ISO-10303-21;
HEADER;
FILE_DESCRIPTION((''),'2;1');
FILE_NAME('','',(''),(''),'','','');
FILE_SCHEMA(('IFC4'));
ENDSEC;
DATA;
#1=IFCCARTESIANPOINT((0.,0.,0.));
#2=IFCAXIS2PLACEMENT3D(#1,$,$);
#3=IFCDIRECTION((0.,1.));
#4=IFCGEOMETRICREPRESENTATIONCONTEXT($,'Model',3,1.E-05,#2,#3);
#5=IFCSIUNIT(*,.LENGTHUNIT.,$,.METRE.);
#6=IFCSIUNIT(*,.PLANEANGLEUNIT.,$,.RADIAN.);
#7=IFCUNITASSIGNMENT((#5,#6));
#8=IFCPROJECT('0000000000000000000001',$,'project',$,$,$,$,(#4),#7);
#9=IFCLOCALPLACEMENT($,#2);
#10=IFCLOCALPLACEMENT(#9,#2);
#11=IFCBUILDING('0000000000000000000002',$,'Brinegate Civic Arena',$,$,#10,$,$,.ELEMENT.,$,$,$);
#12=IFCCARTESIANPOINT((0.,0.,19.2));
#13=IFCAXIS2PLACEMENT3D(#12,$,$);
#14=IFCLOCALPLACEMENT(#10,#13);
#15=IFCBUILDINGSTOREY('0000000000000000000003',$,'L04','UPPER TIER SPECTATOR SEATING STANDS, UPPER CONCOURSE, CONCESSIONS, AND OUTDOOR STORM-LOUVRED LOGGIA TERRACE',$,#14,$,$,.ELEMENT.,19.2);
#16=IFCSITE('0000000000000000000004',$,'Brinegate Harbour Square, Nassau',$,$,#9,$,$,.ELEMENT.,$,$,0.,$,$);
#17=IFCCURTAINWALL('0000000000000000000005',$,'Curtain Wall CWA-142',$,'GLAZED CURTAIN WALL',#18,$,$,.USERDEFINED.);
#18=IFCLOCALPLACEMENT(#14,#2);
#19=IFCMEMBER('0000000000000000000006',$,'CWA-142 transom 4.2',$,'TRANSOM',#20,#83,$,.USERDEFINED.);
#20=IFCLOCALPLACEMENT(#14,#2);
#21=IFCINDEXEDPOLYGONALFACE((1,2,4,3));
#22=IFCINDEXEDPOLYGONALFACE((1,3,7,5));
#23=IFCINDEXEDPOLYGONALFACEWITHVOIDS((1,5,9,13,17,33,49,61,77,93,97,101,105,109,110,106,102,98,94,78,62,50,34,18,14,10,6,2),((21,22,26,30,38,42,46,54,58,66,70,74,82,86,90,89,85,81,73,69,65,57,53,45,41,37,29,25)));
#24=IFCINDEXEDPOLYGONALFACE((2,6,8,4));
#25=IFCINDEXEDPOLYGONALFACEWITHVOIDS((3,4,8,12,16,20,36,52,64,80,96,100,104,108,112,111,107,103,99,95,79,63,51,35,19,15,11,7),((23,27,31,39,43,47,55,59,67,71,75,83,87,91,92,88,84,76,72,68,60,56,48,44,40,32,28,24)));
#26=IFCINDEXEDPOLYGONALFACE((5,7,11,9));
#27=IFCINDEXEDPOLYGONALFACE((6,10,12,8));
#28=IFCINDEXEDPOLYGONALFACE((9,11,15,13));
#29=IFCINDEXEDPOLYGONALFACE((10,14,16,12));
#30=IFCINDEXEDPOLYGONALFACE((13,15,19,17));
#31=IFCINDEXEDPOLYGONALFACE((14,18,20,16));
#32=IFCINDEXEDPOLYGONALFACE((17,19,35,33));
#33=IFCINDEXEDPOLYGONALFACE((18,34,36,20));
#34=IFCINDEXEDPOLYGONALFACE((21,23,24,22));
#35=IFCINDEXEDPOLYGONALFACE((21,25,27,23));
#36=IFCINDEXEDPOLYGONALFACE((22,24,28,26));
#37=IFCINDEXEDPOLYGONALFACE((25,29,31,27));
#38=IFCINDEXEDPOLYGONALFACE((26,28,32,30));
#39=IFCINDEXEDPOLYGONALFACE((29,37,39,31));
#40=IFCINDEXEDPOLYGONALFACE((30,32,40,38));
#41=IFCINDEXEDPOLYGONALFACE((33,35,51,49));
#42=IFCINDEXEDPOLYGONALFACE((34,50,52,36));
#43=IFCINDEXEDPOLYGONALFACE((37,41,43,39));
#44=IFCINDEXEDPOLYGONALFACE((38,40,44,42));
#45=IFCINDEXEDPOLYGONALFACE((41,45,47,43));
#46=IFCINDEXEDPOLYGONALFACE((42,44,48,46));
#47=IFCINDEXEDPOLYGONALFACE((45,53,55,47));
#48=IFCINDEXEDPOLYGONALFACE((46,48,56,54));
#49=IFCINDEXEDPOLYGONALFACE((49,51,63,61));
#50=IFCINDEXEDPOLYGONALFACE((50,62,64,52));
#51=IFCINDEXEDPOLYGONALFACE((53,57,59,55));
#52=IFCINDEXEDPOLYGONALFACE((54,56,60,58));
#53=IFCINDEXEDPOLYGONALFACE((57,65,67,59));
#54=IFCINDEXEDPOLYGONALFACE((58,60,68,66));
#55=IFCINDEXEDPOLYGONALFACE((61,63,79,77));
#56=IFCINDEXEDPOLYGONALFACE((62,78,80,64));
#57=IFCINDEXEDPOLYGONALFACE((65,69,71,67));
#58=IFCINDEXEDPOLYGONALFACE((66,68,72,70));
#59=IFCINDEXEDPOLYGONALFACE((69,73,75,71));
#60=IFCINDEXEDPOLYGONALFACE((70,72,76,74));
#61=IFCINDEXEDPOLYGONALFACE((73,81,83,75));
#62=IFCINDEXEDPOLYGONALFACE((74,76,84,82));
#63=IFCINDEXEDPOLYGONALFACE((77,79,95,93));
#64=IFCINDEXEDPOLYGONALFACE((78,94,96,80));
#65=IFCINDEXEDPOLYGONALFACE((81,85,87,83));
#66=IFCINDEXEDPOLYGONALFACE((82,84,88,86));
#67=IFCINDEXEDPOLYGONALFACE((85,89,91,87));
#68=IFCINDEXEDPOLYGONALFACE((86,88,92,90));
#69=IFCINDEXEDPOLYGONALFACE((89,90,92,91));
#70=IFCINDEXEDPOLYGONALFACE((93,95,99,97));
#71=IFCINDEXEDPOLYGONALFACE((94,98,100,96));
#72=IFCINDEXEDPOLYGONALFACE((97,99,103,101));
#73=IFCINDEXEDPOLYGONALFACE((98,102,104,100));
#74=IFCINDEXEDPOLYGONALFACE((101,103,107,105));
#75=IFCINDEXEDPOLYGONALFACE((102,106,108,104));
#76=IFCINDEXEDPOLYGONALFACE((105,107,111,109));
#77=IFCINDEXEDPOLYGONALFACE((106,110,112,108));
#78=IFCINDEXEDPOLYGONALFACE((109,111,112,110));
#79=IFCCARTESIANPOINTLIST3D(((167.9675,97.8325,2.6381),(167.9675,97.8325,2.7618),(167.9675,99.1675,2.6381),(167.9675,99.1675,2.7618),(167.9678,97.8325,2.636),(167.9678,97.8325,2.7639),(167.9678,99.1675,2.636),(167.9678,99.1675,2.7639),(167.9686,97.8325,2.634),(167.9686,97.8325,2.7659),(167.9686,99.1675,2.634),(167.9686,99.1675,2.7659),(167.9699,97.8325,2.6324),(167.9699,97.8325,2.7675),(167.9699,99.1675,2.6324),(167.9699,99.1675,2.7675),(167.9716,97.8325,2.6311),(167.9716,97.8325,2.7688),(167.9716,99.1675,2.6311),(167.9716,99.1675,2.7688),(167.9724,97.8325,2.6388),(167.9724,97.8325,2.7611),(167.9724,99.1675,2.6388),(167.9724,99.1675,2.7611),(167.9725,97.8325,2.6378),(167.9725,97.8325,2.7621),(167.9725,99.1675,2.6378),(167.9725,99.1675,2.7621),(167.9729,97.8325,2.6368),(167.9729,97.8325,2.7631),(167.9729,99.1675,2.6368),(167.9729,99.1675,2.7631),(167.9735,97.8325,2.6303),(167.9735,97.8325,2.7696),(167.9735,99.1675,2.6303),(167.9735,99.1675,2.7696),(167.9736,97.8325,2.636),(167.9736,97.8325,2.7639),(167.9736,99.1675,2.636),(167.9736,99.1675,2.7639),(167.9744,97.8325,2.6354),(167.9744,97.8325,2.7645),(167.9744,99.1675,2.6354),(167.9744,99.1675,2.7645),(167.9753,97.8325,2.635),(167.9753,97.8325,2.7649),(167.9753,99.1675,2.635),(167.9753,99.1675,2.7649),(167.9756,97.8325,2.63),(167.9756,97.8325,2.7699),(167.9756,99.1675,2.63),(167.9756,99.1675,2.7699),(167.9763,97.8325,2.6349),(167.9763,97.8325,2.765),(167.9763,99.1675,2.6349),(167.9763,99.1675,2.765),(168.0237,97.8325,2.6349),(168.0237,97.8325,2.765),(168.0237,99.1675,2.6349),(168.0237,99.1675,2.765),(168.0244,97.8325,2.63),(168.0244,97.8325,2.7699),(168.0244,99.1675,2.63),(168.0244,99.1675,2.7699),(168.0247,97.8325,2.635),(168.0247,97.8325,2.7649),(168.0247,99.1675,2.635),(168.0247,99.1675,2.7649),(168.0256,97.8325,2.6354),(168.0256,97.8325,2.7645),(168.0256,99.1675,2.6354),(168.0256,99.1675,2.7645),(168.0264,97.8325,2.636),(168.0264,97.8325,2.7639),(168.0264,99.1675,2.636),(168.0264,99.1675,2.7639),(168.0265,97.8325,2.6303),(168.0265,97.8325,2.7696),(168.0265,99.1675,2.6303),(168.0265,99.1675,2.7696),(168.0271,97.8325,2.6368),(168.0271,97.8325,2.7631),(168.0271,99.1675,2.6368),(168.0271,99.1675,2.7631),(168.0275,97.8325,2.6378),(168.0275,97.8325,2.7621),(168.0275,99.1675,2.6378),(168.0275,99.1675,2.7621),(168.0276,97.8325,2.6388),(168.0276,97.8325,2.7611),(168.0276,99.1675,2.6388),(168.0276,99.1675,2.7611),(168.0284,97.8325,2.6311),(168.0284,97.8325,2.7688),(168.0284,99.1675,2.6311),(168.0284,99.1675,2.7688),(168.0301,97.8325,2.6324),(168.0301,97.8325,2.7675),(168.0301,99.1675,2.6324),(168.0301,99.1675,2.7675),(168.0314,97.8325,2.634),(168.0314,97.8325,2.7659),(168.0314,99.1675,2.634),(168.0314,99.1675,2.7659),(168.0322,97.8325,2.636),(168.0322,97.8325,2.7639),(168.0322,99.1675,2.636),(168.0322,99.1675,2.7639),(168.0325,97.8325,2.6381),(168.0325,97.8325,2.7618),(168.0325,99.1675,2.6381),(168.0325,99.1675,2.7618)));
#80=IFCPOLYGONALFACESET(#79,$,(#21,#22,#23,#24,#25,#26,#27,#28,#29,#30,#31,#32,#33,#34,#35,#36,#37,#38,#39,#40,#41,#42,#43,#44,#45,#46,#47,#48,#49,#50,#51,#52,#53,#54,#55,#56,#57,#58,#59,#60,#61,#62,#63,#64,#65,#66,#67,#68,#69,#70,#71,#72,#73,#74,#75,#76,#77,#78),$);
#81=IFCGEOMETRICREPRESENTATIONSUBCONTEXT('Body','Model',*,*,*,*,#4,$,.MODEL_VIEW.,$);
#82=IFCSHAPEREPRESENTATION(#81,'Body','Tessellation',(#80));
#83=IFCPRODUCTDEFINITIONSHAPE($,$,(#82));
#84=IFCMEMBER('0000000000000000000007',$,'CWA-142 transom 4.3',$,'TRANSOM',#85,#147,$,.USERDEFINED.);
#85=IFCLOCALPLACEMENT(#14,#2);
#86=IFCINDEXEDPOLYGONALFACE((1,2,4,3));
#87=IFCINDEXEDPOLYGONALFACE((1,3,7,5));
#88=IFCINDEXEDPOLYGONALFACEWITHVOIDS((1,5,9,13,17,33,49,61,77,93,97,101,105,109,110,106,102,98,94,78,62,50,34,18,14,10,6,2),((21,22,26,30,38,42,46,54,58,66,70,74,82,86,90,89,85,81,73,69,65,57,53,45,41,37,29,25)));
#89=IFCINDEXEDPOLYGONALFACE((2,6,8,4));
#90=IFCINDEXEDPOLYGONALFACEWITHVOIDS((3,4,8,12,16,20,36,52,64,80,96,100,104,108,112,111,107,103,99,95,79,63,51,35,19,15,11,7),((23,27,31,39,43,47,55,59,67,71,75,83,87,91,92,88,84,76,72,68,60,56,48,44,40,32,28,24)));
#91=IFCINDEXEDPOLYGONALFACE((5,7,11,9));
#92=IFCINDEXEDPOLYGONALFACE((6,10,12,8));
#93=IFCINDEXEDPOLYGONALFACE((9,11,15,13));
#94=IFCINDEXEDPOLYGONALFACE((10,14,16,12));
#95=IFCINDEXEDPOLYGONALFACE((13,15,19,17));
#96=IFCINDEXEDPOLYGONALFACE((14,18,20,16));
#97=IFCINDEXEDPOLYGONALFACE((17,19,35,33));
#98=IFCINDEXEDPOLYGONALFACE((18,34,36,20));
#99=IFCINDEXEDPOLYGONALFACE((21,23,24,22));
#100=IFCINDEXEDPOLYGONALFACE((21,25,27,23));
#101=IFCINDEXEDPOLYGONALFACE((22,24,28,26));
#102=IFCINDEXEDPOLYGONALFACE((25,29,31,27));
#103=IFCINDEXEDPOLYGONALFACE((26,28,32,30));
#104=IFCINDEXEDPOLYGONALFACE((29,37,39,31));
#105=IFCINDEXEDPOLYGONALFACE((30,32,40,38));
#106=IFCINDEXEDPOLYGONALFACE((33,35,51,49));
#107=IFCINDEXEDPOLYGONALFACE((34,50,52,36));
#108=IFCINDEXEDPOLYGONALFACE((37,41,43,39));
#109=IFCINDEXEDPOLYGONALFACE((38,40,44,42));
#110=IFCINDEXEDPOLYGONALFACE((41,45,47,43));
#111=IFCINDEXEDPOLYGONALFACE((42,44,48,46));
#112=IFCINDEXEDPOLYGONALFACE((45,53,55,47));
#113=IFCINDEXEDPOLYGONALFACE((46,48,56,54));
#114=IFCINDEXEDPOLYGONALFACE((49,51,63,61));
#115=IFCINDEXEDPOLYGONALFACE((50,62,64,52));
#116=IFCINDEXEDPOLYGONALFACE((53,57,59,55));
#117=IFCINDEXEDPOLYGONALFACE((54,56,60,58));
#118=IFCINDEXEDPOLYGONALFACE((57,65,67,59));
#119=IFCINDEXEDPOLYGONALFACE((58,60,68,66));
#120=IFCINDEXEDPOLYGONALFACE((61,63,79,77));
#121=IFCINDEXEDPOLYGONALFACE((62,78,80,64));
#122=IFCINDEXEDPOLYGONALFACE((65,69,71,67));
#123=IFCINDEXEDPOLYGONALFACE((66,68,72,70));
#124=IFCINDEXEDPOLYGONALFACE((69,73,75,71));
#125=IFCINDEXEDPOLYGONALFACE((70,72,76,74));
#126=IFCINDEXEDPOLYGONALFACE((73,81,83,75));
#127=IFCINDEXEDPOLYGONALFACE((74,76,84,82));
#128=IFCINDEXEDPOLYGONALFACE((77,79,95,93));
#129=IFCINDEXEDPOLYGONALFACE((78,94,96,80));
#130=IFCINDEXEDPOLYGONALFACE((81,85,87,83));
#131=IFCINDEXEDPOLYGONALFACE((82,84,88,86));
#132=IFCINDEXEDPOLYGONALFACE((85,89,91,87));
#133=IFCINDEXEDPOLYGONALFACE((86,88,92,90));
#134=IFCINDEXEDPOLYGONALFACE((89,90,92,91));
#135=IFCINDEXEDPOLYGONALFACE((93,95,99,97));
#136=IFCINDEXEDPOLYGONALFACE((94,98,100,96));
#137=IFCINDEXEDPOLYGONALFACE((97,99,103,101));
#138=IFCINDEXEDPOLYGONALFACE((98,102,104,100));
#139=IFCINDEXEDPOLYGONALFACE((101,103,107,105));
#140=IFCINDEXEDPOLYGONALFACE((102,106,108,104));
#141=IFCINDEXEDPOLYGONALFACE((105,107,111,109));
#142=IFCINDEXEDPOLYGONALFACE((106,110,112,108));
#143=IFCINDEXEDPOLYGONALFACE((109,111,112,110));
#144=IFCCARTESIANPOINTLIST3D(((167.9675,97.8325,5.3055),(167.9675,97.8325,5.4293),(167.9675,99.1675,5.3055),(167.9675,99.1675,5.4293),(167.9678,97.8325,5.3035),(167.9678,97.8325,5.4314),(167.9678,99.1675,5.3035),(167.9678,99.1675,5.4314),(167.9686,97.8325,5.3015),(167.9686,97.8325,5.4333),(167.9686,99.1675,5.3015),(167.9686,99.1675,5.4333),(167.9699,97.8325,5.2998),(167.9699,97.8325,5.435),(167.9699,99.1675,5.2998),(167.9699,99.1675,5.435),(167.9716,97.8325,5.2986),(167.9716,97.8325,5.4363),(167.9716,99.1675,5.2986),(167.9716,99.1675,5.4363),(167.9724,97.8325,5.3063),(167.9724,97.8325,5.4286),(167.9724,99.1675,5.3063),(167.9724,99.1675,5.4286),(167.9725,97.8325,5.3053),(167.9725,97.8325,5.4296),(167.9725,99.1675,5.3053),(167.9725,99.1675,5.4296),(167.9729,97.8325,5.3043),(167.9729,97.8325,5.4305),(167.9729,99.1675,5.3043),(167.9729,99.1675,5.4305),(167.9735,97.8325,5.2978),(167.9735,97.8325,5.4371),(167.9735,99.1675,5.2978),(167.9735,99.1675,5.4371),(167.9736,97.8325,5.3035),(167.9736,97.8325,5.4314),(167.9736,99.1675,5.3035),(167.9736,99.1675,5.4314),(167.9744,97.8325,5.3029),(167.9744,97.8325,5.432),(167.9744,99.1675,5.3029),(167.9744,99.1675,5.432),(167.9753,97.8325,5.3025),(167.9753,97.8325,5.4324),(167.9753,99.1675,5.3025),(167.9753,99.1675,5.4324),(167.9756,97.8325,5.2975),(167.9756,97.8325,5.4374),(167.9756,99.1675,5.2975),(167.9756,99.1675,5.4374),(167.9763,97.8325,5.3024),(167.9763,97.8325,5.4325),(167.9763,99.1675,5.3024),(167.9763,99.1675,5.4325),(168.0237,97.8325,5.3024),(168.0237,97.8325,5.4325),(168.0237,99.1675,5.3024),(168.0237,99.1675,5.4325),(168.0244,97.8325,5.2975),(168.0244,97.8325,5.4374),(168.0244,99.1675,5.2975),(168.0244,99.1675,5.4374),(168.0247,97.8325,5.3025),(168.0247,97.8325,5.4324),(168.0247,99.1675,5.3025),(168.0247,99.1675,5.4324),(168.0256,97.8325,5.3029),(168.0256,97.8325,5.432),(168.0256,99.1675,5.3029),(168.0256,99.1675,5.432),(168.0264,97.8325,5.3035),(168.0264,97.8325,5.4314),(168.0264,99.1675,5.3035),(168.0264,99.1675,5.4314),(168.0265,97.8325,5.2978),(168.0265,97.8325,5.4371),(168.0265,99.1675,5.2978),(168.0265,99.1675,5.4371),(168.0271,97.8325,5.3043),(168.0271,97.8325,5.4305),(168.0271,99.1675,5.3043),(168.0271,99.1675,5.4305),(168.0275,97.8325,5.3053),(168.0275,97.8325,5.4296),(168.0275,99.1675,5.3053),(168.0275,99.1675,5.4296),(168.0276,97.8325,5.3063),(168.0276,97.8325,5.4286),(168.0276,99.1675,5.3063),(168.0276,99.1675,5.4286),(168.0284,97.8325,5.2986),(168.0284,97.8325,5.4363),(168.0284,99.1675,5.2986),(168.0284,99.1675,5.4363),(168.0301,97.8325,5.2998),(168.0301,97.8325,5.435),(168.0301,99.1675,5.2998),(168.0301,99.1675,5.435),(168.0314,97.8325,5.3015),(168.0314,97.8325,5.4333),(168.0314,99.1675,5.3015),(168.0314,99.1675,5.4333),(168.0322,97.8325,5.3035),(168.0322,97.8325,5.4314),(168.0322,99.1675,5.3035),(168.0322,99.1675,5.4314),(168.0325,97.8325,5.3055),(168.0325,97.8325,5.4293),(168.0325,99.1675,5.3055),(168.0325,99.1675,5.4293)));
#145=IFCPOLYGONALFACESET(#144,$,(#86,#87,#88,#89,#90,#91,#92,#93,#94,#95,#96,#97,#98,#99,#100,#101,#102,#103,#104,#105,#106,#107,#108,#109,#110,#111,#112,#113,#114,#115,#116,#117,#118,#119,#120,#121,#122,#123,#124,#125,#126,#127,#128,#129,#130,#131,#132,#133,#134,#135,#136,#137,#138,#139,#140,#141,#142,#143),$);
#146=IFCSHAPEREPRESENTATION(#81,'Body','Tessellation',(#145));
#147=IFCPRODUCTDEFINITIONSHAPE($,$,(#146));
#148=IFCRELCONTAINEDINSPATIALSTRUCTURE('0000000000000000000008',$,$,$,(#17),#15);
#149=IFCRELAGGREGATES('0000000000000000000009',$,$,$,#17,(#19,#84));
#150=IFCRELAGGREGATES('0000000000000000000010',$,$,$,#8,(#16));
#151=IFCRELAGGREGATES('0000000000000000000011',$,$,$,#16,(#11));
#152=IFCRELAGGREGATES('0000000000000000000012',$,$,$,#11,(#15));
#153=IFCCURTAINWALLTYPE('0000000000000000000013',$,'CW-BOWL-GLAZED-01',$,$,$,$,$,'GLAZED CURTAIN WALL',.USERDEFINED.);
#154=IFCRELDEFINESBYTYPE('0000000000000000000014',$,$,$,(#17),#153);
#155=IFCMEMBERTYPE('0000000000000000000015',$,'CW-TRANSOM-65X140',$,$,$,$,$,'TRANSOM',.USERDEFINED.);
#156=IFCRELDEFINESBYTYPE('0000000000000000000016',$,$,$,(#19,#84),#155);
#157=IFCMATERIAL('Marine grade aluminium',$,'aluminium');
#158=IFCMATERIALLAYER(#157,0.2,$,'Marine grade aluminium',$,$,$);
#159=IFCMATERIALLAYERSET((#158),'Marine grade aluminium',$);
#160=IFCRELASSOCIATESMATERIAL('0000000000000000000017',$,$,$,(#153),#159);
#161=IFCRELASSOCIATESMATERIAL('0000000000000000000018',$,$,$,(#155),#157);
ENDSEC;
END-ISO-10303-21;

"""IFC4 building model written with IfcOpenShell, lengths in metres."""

from ifc_helpers import new_model, si_unit, direction, frame, origin, origin_2d, place, context, subcontext, project, spatial, hollow_rectangle, extrude, material, layer, layer_set, material_profile, profile_set, type_object, element, aggregate, save


model = new_model("IFC4")

# Units and contexts
model_context = context("Model", 3, precision=1e-05, world=origin(), true_north=direction((0.0, 1.0)))
body_context = subcontext(model_context, "Body", "Model", "MODEL_VIEW")
ifc_project = project(units=[si_unit("LENGTHUNIT", "METRE"), si_unit("PLANEANGLEUNIT", "RADIAN")], contexts=[model_context])

# Site, building, storey
site_placement = place(None, origin())
site = spatial("IfcSite", under=ifc_project, at=site_placement, Name="Brinegate Harbour Square, Nassau", CompositionType="ELEMENT", RefElevation=0.0)
building_placement = place(site_placement, origin())
building = spatial("IfcBuilding", under=site, at=building_placement, Name="Brinegate Civic Arena", CompositionType="ELEMENT")
storey_placement = place(building_placement, frame((0.0, 0.0, 19.2)))
storey = spatial("IfcBuildingStorey", under=building, at=storey_placement, Name="L04", Description="UPPER TIER SPECTATOR SEATING STANDS, UPPER CONCOURSE, CONCESSIONS, AND OUTDOOR STORM-LOUVRED LOGGIA TERRACE", CompositionType="ELEMENT", Elevation=19.2)

# Curtain wall, members
ifc_material_1 = material(Name="Marine grade aluminium", Category="aluminium")
ifc_layer_1 = layer(ifc_material_1, 0.2, Name="Marine grade aluminium")
ifc_layer_set_1 = layer_set([ifc_layer_1], Name="Marine grade aluminium")
curtain_wall_type = type_object("IfcCurtainWallType", Name="CW-BOWL-GLAZED-01", ElementType="GLAZED CURTAIN WALL", PredefinedType="USERDEFINED", material=ifc_layer_set_1)
curtain_wall_placement = place(storey_placement, origin())
curtain_wall = element("IfcCurtainWall", 1, at=curtain_wall_placement, inside=storey, type_object=curtain_wall_type, Name="Curtain Wall CWA-142", ObjectType="GLAZED CURTAIN WALL", PredefinedType="USERDEFINED")
ifc_material_profile_1 = material_profile(ifc_material_1, hollow_rectangle(XDim=0.0649, YDim=0.1399, WallThickness=0.0049, InnerFilletRadius=0.0039, OuterFilletRadius=0.0081, at=origin_2d()), Name="TRN65X140")
ifc_profile_set_1 = profile_set([ifc_material_profile_1], Name="Marine grade aluminium")
member_type_1 = type_object("IfcMemberType", Name="CW-TRANSOM-65X140", ElementType="TRANSOM", PredefinedType="USERDEFINED", material=ifc_profile_set_1)
member_1_placement = place(storey_placement, frame((168.0, 97.8325, 2.7), z_axis=(0.0, 1.0, 0.0), x_axis=(-1.0, 0.0, 0.0)))
member_1 = element("IfcMember", 2, at=member_1_placement, type_object=member_type_1, Name="CWA-142 transom 4.2", ObjectType="TRANSOM", PredefinedType="USERDEFINED", context=body_context, shape_type="SweptSolid", body=[
    extrude(hollow_rectangle(XDim=0.0649, YDim=0.1399, WallThickness=0.0049, InnerFilletRadius=0.0039, OuterFilletRadius=0.0081, at=origin_2d()), origin(), (0.0, 0.0, 1.0), 1.335),
])
member_2_placement = place(storey_placement, frame((168.0, 97.8325, 5.3674), z_axis=(0.0, 1.0, 0.0), x_axis=(-1.0, 0.0, 0.0)))
member_2 = element("IfcMember", 3, at=member_2_placement, type_object=member_type_1, Name="CWA-142 transom 4.3", ObjectType="TRANSOM", PredefinedType="USERDEFINED", context=body_context, shape_type="SweptSolid", body=[
    extrude(hollow_rectangle(XDim=0.0649, YDim=0.1399, WallThickness=0.0049, InnerFilletRadius=0.0039, OuterFilletRadius=0.0081, at=origin_2d()), origin(), (0.0, 0.0, 1.0), 1.335),
])
aggregate(curtain_wall, [member_1, member_2])

save(model, "model.ifc")
